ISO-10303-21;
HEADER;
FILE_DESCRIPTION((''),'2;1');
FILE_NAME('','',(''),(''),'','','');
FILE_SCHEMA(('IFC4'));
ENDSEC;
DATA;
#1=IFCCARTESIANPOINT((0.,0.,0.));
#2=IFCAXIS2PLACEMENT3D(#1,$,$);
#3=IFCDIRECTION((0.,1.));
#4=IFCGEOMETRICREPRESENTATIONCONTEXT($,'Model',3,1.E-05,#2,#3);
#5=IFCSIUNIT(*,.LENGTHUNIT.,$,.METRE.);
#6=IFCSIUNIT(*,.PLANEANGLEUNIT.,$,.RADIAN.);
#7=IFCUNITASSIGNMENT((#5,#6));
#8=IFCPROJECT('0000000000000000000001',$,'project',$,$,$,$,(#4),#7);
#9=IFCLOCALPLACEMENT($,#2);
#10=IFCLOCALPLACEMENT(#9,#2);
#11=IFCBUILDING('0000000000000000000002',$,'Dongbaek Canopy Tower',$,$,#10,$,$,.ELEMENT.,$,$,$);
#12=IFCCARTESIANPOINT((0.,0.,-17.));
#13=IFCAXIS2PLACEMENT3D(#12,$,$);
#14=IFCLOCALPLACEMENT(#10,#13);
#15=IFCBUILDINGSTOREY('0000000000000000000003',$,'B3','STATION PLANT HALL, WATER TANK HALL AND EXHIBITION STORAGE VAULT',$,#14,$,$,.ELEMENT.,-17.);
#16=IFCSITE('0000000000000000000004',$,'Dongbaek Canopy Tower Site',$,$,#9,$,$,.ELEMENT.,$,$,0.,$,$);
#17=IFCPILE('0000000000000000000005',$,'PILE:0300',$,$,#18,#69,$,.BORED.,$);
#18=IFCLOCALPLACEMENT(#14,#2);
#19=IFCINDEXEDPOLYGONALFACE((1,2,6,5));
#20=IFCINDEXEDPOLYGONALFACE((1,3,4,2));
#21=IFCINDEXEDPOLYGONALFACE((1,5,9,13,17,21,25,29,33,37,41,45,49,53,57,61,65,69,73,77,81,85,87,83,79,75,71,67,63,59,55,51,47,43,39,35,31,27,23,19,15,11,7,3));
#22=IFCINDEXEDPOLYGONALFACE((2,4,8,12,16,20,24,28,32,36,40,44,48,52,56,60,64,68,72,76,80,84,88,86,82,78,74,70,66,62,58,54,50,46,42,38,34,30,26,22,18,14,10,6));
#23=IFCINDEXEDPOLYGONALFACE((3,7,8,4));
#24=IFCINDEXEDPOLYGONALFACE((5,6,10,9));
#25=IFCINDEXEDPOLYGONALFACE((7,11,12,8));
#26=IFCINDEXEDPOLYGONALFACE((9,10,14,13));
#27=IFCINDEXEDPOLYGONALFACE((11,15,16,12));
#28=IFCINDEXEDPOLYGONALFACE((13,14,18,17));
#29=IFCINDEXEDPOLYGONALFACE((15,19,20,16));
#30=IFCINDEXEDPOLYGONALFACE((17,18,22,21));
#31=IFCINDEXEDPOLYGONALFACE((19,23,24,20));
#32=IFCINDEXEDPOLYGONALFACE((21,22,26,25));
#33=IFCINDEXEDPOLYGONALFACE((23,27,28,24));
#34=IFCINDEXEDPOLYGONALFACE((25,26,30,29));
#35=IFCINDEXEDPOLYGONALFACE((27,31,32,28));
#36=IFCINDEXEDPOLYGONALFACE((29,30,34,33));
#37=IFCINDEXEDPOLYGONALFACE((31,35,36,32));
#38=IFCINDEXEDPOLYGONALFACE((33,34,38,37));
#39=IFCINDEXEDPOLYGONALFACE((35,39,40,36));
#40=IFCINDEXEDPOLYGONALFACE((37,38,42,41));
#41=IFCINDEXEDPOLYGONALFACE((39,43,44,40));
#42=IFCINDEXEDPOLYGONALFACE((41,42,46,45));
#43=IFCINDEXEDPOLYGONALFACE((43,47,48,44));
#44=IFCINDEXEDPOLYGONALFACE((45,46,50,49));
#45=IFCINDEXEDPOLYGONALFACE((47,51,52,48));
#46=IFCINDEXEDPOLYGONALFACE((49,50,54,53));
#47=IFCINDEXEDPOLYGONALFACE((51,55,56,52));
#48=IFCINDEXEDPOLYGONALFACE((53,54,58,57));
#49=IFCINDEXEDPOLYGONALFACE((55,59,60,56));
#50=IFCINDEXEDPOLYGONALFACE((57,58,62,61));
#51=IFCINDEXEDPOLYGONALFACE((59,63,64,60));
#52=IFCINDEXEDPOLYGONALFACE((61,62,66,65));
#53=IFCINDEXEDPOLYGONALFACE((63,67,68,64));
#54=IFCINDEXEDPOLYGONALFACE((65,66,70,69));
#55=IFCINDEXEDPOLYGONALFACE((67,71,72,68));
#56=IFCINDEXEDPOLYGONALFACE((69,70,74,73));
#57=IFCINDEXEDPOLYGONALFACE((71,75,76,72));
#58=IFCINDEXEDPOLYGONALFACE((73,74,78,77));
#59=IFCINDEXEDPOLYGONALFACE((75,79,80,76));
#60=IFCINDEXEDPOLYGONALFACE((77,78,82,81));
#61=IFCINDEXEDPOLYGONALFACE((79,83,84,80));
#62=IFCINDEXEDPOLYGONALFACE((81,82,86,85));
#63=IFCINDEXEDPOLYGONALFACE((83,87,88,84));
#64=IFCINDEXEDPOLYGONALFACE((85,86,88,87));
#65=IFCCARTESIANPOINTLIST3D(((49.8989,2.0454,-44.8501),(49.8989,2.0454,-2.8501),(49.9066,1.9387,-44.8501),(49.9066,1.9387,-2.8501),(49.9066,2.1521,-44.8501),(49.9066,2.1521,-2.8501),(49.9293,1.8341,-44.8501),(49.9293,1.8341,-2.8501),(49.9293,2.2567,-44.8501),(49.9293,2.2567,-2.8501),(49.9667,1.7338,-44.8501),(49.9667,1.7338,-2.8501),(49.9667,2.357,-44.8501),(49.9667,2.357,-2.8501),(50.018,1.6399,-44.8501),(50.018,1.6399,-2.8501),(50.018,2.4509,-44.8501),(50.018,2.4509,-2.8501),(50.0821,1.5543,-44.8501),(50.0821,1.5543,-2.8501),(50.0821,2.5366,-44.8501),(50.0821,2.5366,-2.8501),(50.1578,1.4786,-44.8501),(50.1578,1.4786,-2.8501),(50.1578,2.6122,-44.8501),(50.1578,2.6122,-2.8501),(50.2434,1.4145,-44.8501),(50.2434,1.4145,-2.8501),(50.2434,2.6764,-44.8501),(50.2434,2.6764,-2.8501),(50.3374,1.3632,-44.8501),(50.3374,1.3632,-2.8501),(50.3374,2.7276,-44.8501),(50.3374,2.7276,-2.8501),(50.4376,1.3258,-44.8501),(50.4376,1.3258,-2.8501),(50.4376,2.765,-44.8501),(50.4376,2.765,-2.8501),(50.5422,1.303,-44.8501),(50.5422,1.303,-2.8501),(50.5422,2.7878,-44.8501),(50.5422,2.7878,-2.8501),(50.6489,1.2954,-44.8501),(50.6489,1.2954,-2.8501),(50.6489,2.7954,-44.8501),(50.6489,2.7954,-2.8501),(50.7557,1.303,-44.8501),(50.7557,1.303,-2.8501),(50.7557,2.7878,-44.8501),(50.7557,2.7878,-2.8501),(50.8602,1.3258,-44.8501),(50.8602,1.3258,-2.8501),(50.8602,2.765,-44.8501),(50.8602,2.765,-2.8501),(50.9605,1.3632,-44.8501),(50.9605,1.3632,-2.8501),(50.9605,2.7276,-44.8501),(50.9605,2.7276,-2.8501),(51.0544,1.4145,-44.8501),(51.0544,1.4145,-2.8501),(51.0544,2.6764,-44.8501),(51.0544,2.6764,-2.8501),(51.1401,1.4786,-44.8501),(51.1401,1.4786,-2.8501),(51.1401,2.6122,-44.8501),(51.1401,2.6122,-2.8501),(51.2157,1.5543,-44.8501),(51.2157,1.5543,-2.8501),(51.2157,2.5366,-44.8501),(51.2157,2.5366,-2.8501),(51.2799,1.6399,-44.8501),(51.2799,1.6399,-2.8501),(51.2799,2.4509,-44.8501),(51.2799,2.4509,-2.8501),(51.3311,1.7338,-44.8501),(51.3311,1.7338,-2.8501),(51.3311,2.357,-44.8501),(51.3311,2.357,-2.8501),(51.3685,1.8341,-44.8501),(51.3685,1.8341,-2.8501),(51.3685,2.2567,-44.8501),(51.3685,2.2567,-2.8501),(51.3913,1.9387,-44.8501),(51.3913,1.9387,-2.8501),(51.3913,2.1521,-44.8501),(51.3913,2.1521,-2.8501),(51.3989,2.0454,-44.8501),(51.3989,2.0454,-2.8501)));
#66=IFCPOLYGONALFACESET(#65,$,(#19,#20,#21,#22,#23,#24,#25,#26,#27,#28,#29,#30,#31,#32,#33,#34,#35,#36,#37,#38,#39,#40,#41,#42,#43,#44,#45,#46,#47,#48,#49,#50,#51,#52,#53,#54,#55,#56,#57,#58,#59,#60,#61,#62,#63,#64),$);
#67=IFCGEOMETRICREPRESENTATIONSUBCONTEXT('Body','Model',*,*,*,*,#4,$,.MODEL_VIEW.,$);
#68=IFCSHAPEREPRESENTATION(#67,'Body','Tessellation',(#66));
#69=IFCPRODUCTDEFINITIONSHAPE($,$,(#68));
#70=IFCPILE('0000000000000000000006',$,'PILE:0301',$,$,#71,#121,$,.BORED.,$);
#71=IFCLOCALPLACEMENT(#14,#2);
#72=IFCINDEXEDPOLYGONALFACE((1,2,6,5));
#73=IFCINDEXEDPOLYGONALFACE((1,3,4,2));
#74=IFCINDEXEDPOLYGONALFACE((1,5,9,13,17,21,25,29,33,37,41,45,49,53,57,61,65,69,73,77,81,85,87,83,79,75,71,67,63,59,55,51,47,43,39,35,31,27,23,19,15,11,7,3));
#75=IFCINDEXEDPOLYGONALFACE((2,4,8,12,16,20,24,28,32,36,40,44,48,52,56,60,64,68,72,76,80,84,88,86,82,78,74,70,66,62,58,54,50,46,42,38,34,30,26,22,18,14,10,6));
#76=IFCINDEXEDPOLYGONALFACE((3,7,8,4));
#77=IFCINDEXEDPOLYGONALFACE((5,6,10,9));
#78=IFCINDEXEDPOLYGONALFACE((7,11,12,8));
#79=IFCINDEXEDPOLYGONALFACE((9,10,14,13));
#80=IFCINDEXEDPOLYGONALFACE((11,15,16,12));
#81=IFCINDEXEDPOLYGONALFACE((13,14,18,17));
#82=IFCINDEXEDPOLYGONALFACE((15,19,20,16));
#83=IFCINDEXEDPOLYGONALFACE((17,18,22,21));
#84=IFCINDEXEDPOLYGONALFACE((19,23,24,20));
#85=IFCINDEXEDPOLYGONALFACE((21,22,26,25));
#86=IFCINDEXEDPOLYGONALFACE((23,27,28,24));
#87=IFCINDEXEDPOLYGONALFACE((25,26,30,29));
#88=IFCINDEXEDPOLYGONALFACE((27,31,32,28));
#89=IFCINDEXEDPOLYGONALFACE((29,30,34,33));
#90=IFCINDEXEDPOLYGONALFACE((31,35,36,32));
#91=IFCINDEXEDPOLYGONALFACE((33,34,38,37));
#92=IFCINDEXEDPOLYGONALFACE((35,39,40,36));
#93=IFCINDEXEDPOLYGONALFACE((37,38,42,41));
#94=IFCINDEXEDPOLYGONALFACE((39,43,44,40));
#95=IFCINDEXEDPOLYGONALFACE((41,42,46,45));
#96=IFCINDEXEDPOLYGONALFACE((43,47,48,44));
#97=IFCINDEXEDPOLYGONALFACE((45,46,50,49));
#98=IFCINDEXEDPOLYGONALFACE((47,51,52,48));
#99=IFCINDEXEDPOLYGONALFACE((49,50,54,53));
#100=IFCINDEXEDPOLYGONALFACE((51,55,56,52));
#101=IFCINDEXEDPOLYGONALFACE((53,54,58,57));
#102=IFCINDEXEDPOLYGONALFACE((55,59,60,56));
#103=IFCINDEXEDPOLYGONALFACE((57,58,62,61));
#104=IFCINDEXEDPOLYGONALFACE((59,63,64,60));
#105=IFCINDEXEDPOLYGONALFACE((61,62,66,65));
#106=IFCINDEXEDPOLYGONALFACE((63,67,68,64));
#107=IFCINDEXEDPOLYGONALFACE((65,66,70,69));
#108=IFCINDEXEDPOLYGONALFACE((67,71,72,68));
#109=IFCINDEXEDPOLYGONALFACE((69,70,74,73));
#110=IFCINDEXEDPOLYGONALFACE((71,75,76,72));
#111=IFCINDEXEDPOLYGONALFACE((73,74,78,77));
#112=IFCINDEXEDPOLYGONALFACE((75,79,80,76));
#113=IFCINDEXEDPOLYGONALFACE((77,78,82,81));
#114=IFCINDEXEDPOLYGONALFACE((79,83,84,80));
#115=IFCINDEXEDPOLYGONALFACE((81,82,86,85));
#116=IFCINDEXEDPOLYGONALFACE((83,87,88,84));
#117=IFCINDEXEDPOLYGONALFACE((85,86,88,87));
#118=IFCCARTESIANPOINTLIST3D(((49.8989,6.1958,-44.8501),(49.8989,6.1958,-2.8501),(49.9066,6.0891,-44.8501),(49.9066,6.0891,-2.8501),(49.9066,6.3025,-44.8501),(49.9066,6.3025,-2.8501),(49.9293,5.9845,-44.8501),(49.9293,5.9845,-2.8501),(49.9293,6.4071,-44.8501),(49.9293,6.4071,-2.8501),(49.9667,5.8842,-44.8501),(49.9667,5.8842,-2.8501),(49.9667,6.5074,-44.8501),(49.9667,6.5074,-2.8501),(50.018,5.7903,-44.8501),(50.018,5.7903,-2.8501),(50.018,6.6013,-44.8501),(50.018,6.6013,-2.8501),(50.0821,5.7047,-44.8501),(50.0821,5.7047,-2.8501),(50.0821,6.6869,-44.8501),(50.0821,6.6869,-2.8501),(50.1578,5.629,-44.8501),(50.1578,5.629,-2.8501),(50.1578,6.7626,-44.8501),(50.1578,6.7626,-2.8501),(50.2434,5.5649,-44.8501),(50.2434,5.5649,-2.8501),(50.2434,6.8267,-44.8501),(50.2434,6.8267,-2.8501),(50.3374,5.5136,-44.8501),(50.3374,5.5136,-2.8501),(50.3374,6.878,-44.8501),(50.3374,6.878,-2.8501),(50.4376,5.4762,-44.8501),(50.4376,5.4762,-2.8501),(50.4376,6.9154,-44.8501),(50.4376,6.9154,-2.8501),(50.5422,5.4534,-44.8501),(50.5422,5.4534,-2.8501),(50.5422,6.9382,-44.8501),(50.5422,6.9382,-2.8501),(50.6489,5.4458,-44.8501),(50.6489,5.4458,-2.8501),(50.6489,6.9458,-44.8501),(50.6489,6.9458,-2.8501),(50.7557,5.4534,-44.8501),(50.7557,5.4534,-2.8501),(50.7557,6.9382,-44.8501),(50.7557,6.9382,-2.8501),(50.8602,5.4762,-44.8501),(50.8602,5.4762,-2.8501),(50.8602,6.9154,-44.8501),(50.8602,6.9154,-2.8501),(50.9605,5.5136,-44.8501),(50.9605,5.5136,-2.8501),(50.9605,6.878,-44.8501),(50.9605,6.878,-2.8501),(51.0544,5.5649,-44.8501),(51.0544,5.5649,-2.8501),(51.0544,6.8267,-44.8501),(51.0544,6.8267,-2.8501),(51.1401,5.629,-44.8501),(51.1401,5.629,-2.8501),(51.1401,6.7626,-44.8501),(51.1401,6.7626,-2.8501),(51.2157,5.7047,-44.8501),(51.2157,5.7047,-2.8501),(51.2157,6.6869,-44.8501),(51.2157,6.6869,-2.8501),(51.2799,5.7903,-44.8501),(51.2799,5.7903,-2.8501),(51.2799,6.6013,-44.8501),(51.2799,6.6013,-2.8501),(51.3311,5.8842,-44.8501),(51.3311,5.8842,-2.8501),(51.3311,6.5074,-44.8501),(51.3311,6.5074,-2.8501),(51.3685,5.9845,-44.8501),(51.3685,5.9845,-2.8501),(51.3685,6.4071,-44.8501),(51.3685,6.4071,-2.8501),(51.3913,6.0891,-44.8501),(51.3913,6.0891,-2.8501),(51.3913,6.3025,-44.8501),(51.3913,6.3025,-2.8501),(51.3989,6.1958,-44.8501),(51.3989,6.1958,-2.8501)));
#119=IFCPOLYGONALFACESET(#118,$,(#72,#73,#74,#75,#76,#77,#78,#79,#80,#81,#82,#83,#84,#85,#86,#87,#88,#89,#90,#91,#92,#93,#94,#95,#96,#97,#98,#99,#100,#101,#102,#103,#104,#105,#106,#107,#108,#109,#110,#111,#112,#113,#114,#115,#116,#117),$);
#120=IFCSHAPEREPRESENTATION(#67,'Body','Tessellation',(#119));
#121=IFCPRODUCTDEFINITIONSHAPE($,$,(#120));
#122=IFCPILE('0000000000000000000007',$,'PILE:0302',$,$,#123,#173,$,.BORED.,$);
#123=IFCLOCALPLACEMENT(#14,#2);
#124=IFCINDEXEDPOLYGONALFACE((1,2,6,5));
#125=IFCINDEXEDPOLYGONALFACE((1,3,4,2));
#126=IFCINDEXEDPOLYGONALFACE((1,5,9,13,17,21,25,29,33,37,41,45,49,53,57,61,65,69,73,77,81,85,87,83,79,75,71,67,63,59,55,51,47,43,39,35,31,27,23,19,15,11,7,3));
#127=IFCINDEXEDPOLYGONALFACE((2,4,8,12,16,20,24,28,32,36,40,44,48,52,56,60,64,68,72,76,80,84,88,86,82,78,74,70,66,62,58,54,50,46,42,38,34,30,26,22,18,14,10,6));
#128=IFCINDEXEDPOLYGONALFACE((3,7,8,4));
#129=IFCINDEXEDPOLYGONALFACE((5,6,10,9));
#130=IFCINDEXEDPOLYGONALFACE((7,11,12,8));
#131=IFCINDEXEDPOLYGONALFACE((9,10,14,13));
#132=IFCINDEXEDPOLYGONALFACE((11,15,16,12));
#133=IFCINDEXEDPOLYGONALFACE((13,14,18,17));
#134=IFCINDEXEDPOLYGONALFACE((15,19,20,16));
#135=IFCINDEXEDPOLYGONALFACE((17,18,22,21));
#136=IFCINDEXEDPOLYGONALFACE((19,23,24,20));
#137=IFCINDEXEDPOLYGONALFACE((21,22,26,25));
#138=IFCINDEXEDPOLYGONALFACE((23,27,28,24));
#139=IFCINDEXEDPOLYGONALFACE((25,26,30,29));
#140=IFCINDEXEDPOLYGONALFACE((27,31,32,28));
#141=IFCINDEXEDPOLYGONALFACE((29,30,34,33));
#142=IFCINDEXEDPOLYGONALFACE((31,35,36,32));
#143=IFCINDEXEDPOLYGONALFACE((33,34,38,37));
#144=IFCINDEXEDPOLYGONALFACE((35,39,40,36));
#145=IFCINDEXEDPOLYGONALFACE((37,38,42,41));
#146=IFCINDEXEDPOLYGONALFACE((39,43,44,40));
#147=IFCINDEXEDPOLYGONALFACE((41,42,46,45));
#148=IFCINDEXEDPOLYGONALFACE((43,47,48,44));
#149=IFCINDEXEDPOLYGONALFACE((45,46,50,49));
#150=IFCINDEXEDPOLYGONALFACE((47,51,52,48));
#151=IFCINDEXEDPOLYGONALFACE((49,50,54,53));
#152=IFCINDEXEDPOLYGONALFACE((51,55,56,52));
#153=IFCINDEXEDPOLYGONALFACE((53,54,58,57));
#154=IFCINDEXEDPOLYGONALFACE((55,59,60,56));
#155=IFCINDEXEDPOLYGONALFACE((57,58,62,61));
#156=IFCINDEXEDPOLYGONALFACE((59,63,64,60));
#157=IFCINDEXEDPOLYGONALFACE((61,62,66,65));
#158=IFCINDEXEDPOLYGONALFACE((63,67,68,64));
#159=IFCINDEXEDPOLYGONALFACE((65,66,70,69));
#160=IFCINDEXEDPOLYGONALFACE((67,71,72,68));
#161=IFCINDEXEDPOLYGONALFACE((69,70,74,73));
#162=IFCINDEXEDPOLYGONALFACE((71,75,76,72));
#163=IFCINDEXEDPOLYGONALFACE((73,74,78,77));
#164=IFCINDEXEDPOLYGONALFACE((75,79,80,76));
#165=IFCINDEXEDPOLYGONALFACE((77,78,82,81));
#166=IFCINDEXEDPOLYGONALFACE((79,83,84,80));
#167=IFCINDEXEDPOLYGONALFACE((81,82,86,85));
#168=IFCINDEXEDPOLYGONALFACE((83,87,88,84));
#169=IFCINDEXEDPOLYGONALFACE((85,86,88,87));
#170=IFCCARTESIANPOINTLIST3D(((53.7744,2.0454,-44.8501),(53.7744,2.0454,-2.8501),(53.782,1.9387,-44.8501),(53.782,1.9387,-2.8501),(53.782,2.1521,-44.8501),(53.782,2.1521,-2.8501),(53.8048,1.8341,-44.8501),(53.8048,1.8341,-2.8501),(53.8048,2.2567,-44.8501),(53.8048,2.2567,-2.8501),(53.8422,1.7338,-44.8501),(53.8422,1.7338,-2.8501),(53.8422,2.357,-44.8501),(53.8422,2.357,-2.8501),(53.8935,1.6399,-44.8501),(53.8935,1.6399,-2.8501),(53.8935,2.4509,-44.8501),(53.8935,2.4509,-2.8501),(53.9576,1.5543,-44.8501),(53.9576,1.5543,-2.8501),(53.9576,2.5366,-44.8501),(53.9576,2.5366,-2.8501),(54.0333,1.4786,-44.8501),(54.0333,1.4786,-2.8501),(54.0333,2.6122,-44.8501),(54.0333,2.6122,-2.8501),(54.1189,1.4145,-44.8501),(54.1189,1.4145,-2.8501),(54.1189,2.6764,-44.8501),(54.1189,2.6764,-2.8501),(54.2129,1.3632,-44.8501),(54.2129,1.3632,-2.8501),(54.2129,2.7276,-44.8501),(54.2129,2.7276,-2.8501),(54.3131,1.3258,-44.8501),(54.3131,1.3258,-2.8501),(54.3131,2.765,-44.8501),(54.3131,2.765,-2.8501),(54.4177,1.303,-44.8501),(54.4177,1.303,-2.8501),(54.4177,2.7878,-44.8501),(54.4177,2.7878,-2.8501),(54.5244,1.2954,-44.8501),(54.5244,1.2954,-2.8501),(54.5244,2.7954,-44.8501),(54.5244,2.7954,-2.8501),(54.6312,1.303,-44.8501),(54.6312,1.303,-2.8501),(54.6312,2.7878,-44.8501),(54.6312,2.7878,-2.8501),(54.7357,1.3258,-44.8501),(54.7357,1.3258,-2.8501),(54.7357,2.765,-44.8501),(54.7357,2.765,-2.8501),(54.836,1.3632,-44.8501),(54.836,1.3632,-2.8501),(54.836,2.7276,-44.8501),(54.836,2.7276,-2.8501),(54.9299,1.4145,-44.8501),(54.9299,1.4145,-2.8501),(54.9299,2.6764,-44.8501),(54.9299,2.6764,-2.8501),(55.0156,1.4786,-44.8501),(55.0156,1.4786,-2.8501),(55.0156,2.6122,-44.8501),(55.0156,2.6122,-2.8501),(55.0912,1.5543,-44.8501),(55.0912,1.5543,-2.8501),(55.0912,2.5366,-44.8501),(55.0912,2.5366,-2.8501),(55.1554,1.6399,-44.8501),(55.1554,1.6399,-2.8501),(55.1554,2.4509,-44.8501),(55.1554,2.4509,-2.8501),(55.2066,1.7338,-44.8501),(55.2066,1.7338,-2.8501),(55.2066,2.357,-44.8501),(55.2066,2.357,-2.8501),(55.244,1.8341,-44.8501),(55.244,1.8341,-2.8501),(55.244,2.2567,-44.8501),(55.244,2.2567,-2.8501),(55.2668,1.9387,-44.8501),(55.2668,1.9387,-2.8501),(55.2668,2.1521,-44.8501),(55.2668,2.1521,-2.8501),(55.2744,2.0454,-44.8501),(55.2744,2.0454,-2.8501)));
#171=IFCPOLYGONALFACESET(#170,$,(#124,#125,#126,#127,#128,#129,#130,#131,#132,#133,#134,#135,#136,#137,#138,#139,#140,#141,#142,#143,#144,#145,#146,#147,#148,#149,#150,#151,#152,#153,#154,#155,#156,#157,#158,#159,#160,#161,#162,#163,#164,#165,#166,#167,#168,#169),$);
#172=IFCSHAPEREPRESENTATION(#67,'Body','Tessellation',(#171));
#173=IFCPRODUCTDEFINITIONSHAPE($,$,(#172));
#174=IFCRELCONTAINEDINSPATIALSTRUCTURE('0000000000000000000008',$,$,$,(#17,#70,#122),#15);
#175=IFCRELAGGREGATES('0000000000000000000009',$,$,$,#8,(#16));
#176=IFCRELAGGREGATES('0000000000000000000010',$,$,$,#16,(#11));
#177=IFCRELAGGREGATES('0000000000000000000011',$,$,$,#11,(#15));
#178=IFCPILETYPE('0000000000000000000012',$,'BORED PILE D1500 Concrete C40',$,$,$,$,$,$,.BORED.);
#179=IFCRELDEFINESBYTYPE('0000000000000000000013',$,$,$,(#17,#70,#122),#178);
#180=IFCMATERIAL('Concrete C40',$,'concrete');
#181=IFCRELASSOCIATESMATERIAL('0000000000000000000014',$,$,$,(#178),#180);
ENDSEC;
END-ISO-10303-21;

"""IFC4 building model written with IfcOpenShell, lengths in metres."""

from ifc_helpers import new_model, si_unit, direction, frame, origin, origin_2d, place, context, subcontext, project, spatial, circle, extrude, material, material_profile, profile_set, type_object, element, save


model = new_model("IFC4")

# Units and contexts
model_context = context("Model", 3, precision=1e-05, world=origin(), true_north=direction((0.0, 1.0)))
body_context = subcontext(model_context, "Body", "Model", "MODEL_VIEW")
ifc_project = project(units=[si_unit("LENGTHUNIT", "METRE"), si_unit("PLANEANGLEUNIT", "RADIAN")], contexts=[model_context])

# Site, building, storey
site_placement = place(None, origin())
site = spatial("IfcSite", under=ifc_project, at=site_placement, Name="Dongbaek Canopy Tower Site", CompositionType="ELEMENT", RefElevation=0.0)
building_placement = place(site_placement, origin())
building = spatial("IfcBuilding", under=site, at=building_placement, Name="Dongbaek Canopy Tower", CompositionType="ELEMENT")
storey_placement = place(building_placement, frame((0.0, 0.0, -17.0)))
storey = spatial("IfcBuildingStorey", under=building, at=storey_placement, Name="B3", Description="STATION PLANT HALL, WATER TANK HALL AND EXHIBITION STORAGE VAULT", CompositionType="ELEMENT", Elevation=-17.0)

# Piles
ifc_material_1 = material(Name="Concrete C40", Category="concrete")
ifc_material_profile_1 = material_profile(ifc_material_1, circle(Radius=0.75, at=origin_2d()), Name="BORED PILE D1500 Concrete C40")
ifc_profile_set_1 = profile_set([ifc_material_profile_1], Name="Concrete C40")
pile_type = type_object("IfcPileType", Name="BORED PILE D1500 Concrete C40", PredefinedType="BORED", material=ifc_profile_set_1)
for number, where, z_axis, x_axis, name in (
    (1, (50.6489, 2.0454, -2.8501), (0.0, 0.0, -1.0), (1.0, 0.0, 0.0), "PILE:0300"),
    (2, (50.6489, 6.1958, -2.8501), (0.0, 0.0, -1.0), (1.0, 0.0, 0.0), "PILE:0301"),
    (3, (54.5244, 2.0454, -2.8501), (0.0, 0.0, -1.0), (1.0, 0.0, 0.0), "PILE:0302"),
):
    element("IfcPile", number, at=place(storey_placement, frame(where, z_axis=z_axis, x_axis=x_axis)), inside=storey, type_object=pile_type, Name=name, PredefinedType="BORED", context=body_context, shape_type="SweptSolid", body=[
        extrude(circle(Radius=0.75, at=origin_2d()), origin(), (0.0, 0.0, 1.0), 42.0),
    ])

save(model, "model.ifc")
